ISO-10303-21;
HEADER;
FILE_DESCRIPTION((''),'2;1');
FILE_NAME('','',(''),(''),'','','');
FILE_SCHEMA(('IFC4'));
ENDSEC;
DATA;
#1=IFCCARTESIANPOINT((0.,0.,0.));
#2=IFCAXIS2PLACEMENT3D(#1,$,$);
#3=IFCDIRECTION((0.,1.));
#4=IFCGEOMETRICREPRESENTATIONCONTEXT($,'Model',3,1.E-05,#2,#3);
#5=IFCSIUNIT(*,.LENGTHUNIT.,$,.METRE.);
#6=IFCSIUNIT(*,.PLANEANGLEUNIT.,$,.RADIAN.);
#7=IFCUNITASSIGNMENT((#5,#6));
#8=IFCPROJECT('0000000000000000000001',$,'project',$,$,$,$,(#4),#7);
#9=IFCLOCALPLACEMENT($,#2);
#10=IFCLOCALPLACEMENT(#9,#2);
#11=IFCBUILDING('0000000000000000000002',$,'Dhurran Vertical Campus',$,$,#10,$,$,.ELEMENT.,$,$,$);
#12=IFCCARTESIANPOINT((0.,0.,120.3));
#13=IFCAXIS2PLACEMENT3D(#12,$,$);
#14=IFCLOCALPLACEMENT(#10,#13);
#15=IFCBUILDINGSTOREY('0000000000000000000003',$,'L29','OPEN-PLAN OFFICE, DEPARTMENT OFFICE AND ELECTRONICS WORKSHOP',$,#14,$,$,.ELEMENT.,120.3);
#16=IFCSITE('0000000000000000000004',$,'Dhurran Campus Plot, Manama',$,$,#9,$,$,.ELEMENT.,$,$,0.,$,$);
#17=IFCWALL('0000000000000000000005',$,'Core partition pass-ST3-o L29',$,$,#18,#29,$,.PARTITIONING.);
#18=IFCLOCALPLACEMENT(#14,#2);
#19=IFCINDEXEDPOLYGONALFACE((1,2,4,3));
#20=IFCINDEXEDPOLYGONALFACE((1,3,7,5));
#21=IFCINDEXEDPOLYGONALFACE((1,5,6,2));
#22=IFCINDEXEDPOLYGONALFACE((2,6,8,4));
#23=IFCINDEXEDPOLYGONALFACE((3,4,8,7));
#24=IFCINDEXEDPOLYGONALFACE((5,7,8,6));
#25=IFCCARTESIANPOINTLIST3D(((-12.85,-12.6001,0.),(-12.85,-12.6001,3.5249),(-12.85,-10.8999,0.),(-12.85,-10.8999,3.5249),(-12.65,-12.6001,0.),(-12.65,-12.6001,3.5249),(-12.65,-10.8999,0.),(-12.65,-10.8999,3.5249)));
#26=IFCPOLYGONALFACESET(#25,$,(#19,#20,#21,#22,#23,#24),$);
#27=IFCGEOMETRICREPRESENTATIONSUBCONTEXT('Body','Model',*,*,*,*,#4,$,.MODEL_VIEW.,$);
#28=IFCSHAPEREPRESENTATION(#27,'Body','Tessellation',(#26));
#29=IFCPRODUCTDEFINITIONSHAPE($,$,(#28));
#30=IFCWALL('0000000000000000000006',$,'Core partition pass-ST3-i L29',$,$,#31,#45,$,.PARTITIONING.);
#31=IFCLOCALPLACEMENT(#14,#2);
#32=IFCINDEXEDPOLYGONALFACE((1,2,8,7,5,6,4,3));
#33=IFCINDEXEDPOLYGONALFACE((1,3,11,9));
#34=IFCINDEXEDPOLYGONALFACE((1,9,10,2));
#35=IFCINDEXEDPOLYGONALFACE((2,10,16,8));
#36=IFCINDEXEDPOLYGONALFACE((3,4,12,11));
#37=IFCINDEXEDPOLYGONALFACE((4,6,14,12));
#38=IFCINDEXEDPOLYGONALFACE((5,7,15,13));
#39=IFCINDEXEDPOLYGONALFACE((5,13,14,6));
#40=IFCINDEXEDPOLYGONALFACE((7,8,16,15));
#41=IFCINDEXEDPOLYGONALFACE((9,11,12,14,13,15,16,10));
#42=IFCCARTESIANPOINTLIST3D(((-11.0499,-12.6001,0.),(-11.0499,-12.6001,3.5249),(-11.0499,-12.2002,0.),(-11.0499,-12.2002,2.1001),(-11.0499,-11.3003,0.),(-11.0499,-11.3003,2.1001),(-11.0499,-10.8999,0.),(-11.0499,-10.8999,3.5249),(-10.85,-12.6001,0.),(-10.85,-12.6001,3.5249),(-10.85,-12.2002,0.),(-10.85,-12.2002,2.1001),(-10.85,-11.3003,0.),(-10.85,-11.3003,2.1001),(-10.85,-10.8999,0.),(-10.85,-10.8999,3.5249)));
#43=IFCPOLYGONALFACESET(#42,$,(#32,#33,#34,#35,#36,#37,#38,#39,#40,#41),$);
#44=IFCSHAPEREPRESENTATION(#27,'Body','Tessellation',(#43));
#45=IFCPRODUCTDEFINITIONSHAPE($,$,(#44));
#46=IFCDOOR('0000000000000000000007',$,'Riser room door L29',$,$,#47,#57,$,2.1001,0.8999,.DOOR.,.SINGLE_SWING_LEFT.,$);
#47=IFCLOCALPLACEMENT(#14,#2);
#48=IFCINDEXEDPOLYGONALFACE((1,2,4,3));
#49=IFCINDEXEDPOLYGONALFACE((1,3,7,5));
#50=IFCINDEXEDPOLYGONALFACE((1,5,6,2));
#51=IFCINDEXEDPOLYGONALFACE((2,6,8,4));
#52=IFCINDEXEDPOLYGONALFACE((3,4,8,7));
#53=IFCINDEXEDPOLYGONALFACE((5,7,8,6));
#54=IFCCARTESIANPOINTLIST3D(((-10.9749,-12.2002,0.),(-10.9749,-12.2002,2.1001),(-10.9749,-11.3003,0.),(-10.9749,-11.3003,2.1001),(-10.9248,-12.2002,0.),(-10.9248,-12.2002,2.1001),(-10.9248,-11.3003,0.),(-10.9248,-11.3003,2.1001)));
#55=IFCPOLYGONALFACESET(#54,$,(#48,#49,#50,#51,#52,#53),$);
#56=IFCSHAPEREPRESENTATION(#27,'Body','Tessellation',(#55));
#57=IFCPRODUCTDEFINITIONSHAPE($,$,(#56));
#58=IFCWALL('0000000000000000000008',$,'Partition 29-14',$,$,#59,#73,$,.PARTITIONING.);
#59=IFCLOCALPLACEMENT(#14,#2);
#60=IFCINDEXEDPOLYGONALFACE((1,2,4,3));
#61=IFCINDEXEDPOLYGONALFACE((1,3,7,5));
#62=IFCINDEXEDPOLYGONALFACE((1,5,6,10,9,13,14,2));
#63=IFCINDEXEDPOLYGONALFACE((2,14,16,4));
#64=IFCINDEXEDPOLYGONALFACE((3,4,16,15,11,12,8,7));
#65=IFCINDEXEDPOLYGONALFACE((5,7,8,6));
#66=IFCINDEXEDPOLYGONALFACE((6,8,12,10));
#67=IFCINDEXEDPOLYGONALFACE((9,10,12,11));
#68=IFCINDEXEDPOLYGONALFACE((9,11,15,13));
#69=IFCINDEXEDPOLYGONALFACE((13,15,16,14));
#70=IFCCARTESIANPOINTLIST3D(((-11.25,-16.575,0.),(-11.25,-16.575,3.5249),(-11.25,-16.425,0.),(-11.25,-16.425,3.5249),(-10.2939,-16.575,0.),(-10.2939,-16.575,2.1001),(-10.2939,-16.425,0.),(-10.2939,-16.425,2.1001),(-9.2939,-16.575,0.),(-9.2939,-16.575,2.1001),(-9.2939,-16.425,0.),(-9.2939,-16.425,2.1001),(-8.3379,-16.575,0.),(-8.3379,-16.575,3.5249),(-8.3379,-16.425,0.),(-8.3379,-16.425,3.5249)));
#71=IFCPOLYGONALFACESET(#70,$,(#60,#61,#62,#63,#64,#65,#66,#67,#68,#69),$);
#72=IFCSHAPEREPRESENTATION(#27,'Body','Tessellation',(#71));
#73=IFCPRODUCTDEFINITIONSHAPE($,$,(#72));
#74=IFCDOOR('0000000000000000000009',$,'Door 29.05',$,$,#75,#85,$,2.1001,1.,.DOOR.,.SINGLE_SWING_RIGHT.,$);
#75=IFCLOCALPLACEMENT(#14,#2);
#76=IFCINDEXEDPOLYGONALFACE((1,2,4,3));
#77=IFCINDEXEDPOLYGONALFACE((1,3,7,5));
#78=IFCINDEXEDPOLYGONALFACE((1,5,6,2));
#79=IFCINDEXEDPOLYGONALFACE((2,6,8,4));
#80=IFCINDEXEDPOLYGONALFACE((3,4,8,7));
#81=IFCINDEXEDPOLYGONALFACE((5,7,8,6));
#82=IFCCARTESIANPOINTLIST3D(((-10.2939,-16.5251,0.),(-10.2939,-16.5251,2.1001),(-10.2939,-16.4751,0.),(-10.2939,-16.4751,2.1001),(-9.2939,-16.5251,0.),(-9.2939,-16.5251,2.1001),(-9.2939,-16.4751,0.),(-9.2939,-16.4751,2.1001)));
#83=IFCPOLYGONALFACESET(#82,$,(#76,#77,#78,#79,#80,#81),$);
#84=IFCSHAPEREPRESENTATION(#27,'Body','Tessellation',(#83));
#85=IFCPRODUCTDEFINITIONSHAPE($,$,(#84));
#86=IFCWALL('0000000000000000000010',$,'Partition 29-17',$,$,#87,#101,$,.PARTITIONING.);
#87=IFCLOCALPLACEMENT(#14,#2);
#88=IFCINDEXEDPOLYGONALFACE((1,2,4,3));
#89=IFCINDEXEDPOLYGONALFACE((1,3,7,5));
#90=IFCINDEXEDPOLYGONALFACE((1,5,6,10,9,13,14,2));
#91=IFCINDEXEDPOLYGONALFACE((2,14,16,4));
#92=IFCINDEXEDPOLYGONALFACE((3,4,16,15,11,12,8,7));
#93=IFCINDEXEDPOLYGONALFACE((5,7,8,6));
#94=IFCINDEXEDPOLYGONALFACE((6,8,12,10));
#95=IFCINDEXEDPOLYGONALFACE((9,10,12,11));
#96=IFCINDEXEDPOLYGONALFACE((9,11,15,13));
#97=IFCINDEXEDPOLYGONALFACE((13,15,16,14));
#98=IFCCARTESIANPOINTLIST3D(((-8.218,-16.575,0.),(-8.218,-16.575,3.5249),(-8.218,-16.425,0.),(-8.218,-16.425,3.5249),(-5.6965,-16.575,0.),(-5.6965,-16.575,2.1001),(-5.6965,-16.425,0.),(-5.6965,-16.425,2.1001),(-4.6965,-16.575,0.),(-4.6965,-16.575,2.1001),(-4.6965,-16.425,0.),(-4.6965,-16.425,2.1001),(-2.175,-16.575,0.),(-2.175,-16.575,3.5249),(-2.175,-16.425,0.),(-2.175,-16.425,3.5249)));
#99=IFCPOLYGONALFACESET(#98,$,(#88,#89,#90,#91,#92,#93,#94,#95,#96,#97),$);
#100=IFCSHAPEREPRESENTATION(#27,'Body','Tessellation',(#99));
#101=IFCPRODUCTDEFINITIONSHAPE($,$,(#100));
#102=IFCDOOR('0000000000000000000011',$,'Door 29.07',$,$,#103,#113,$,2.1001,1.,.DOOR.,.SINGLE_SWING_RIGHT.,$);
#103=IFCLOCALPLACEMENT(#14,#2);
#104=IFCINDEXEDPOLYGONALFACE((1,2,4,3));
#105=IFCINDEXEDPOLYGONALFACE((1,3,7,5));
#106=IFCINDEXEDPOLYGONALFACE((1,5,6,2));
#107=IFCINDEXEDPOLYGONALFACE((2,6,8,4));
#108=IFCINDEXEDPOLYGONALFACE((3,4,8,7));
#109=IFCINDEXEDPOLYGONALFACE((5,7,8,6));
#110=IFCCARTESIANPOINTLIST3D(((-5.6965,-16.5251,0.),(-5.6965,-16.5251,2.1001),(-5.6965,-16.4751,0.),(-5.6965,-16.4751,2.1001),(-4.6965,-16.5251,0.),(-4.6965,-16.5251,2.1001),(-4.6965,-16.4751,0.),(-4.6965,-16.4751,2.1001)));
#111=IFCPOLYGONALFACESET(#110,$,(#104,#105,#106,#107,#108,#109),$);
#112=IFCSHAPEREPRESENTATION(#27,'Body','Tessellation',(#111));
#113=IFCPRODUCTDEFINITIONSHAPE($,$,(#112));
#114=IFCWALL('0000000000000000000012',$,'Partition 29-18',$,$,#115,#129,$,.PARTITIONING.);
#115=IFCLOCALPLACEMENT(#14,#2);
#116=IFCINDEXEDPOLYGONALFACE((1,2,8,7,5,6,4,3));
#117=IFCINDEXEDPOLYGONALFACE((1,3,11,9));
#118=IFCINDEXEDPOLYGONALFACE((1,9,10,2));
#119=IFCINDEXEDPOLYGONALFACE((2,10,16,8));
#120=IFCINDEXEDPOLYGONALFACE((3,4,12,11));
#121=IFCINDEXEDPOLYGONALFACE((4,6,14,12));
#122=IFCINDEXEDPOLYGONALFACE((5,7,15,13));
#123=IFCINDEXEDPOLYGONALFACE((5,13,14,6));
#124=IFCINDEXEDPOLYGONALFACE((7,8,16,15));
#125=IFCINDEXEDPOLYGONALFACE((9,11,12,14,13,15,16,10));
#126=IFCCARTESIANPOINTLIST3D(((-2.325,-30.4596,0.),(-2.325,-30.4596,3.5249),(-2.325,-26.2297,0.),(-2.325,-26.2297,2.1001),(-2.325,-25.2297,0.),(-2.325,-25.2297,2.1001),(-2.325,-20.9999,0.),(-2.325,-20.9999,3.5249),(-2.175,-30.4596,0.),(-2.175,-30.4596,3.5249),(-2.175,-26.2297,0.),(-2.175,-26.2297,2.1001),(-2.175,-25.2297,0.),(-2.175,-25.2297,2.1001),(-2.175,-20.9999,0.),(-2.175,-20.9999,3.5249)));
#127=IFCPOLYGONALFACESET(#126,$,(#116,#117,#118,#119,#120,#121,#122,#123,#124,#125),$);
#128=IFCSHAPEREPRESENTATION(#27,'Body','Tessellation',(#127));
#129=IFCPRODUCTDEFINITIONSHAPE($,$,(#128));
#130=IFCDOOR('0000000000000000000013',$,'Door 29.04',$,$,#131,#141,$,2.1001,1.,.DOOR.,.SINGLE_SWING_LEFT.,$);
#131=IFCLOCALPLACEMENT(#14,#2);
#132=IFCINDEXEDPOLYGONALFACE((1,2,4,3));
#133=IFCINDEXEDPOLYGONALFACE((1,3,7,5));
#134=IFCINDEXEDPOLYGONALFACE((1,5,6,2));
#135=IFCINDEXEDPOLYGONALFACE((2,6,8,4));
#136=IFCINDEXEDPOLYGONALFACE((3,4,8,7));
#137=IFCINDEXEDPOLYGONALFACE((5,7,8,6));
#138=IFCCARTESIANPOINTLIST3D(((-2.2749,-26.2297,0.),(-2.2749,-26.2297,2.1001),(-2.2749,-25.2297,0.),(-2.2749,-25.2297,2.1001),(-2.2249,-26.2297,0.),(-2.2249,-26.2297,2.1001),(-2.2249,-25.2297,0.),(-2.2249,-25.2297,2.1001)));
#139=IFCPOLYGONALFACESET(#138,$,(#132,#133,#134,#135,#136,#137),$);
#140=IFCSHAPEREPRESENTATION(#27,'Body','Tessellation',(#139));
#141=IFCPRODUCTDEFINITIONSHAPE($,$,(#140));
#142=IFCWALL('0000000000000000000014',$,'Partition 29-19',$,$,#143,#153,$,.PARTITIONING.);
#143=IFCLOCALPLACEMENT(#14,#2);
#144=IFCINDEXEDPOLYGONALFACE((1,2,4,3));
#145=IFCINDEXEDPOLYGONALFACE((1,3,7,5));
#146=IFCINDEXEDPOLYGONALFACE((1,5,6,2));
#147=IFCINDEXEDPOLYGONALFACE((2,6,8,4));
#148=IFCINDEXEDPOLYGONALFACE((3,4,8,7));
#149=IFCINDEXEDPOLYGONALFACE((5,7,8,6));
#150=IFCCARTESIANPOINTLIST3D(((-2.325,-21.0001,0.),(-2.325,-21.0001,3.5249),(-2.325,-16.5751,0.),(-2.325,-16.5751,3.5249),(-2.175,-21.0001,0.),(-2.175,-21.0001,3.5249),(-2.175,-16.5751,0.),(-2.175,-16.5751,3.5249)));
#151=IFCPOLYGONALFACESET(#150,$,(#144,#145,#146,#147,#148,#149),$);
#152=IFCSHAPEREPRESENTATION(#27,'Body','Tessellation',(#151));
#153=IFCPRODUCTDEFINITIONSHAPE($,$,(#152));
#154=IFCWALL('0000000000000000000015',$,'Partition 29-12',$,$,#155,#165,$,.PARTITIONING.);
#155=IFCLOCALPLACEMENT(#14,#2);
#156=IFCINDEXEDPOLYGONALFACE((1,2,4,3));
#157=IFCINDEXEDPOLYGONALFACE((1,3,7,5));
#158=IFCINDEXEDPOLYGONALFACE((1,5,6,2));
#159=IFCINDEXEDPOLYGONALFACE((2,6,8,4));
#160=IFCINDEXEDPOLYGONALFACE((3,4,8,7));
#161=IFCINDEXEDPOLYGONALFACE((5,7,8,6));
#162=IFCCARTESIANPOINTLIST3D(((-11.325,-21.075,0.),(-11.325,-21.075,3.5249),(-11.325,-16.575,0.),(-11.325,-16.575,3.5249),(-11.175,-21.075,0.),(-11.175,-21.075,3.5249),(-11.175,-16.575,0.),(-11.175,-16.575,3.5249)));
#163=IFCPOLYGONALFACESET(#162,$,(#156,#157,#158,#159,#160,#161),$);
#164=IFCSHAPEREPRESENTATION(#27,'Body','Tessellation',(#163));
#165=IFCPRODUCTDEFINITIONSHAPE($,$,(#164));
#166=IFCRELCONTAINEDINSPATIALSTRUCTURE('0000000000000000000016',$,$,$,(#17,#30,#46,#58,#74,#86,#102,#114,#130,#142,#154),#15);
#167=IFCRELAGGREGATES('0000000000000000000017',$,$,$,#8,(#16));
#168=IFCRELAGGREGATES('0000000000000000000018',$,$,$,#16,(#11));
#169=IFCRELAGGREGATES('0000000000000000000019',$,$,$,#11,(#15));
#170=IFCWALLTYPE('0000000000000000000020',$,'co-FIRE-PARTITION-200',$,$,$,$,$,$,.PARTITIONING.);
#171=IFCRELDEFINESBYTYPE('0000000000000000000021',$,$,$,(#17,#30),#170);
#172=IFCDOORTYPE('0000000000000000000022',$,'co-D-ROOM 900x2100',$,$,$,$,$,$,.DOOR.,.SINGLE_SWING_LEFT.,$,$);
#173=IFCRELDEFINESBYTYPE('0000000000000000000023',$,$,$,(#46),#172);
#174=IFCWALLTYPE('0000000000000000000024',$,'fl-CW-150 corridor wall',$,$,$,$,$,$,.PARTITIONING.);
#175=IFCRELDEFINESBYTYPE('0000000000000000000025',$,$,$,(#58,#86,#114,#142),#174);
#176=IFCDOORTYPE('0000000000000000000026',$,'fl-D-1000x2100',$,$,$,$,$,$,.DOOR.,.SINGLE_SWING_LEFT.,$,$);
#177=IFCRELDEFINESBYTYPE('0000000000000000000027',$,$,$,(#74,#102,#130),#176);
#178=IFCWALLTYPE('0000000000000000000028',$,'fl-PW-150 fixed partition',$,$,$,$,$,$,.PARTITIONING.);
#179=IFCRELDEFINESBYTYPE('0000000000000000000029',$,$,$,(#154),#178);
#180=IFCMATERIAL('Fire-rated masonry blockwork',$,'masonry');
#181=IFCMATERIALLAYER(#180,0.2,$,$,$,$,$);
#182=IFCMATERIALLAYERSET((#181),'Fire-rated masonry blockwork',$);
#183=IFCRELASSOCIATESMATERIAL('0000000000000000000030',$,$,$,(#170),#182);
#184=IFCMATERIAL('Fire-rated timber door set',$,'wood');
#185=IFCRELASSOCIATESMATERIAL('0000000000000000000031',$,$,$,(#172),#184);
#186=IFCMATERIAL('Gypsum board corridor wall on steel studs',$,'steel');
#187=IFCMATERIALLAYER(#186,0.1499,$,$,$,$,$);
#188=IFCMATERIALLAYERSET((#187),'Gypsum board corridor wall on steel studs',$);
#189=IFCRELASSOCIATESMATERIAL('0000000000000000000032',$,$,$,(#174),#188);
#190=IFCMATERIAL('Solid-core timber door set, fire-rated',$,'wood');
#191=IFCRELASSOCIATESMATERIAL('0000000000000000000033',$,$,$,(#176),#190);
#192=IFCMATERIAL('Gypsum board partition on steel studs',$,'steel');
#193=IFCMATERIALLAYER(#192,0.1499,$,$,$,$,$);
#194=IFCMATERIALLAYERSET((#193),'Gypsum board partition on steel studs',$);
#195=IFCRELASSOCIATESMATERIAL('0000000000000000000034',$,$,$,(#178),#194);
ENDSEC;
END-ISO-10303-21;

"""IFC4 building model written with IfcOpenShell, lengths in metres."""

from ifc_helpers import new_model, si_unit, direction, frame, frame_2d, origin, place, context, subcontext, project, spatial, rectangle, extrude, material, layer, layer_set, type_object, element, fill, save


model = new_model("IFC4")

# Units and contexts
model_context = context("Model", 3, precision=1e-05, world=origin(), true_north=direction((0.0, 1.0)))
body_context = subcontext(model_context, "Body", "Model", "MODEL_VIEW")
ifc_project = project(units=[si_unit("LENGTHUNIT", "METRE"), si_unit("PLANEANGLEUNIT", "RADIAN")], contexts=[model_context])

# Site, building, storey
site_placement = place(None, origin())
site = spatial("IfcSite", under=ifc_project, at=site_placement, Name="Dhurran Campus Plot, Manama", CompositionType="ELEMENT", RefElevation=0.0)
building_placement = place(site_placement, origin())
building = spatial("IfcBuilding", under=site, at=building_placement, Name="Dhurran Vertical Campus", CompositionType="ELEMENT")
storey_placement = place(building_placement, frame((0.0, 0.0, 120.3)))
storey = spatial("IfcBuildingStorey", under=building, at=storey_placement, Name="L29", Description="OPEN-PLAN OFFICE, DEPARTMENT OFFICE AND ELECTRONICS WORKSHOP", CompositionType="ELEMENT", Elevation=120.3)

# Wall
ifc_material_1 = material(Name="Fire-rated masonry blockwork", Category="masonry")
ifc_layer_1 = layer(ifc_material_1, 0.2)
ifc_layer_set_1 = layer_set([ifc_layer_1], Name="Fire-rated masonry blockwork")
wall_type_1 = type_object("IfcWallType", Name="co-FIRE-PARTITION-200", PredefinedType="PARTITIONING", material=ifc_layer_set_1)
wall_1_placement = place(storey_placement, frame((-12.75, -12.6001, 0.0), z_axis=(0.0, 0.0, 1.0), x_axis=(0.0, 1.0, 0.0)))
element("IfcWall", 1, at=wall_1_placement, inside=storey, type_object=wall_type_1, Name="Core partition pass-ST3-o L29", PredefinedType="PARTITIONING", context=body_context, shape_type="SweptSolid", body=[
    extrude(rectangle(XDim=1.7002, YDim=0.2, at=frame_2d((0.8501, 0.0))), origin(), (0.0, 0.0, 1.0), 3.5249),
])

# Walls, openings, doors
wall_2_placement = place(storey_placement, frame((-10.95, -12.6001, 0.0), z_axis=(0.0, 0.0, 1.0), x_axis=(0.0, 1.0, 0.0)))
wall_2 = element("IfcWall", 2, at=wall_2_placement, inside=storey, type_object=wall_type_1, Name="Core partition pass-ST3-i L29", PredefinedType="PARTITIONING", context=body_context, shape_type="SweptSolid", body=[
    extrude(rectangle(XDim=1.7002, YDim=0.2, at=frame_2d((0.8501, 0.0))), origin(), (0.0, 0.0, 1.0), 3.5249),
])
opening_1_placement = place(wall_2_placement, frame((0.3999, 0.0, 0.0)))
opening_1 = element("IfcOpeningElement", 3, at=opening_1_placement, cuts=wall_2, PredefinedType="OPENING", context=body_context, shape_type="SweptSolid", body=[
    extrude(rectangle(XDim=0.8999, YDim=2.1001, at=frame_2d((0.45, 1.05))), frame((0.0, 0.1099, 0.0), z_axis=(0.0, -1.0, 0.0), x_axis=(1.0, 0.0, 0.0)), (0.0, 0.0, 1.0), 0.22),
])
ifc_material_2 = material(Name="Fire-rated timber door set", Category="wood")
door_type_1 = type_object("IfcDoorType", Name="co-D-ROOM 900x2100", OperationType="SINGLE_SWING_LEFT", PredefinedType="DOOR", material=ifc_material_2)
door_1_placement = place(opening_1_placement, origin())
door_1 = element("IfcDoor", 4, at=door_1_placement, inside=storey, type_object=door_type_1, Name="Riser room door L29", OperationType="SINGLE_SWING_LEFT", OverallHeight=2.1001, OverallWidth=0.8999, PredefinedType="DOOR", context=body_context, shape_type="SweptSolid", body=[
    extrude(rectangle(XDim=0.8999, YDim=2.1001, at=frame_2d((0.45, 1.05))), frame((0.0, 0.0249, 0.0), z_axis=(0.0, -1.0, 0.0), x_axis=(1.0, 0.0, 0.0)), (0.0, 0.0, 1.0), 0.05),
])
fill(opening_1, door_1)
ifc_material_3 = material(Name="Gypsum board corridor wall on steel studs", Category="steel")
ifc_layer_2 = layer(ifc_material_3, 0.1499)
ifc_layer_set_2 = layer_set([ifc_layer_2], Name="Gypsum board corridor wall on steel studs")
wall_type_2 = type_object("IfcWallType", Name="fl-CW-150 corridor wall", PredefinedType="PARTITIONING", material=ifc_layer_set_2)
wall_3_placement = place(storey_placement, frame((-11.25, -16.5, 0.0), z_axis=(0.0, 0.0, 1.0), x_axis=(1.0, 0.0, 0.0)))
wall_3 = element("IfcWall", 5, at=wall_3_placement, inside=storey, type_object=wall_type_2, Name="Partition 29-14", PredefinedType="PARTITIONING", context=body_context, shape_type="SweptSolid", body=[
    extrude(rectangle(XDim=2.9121, YDim=0.1499, at=frame_2d((1.4561, 0.0))), origin(), (0.0, 0.0, 1.0), 3.5249),
])
opening_2_placement = place(wall_3_placement, frame((0.9561, 0.0, 0.0)))
opening_2 = element("IfcOpeningElement", 6, at=opening_2_placement, cuts=wall_3, PredefinedType="OPENING", context=body_context, shape_type="SweptSolid", body=[
    extrude(rectangle(XDim=1.0, YDim=2.1001, at=frame_2d((0.5, 1.05))), frame((0.0, 0.085, 0.0), z_axis=(0.0, -1.0, 0.0), x_axis=(1.0, 0.0, 0.0)), (0.0, 0.0, 1.0), 0.1699),
])
ifc_material_4 = material(Name="Solid-core timber door set, fire-rated", Category="wood")
door_type_2 = type_object("IfcDoorType", Name="fl-D-1000x2100", OperationType="SINGLE_SWING_LEFT", PredefinedType="DOOR", material=ifc_material_4)
door_2_placement = place(opening_2_placement, origin())
door_2 = element("IfcDoor", 7, at=door_2_placement, inside=storey, type_object=door_type_2, Name="Door 29.05", OperationType="SINGLE_SWING_RIGHT", OverallHeight=2.1001, OverallWidth=1.0, PredefinedType="DOOR", context=body_context, shape_type="SweptSolid", body=[
    extrude(rectangle(XDim=1.0, YDim=2.1001, at=frame_2d((0.5, 1.05))), frame((0.0, 0.0249, 0.0), z_axis=(0.0, -1.0, 0.0), x_axis=(1.0, 0.0, 0.0)), (0.0, 0.0, 1.0), 0.05),
])
fill(opening_2, door_2)
wall_4_placement = place(storey_placement, frame((-8.218, -16.5, 0.0), z_axis=(0.0, 0.0, 1.0), x_axis=(1.0, 0.0, 0.0)))
wall_4 = element("IfcWall", 8, at=wall_4_placement, inside=storey, type_object=wall_type_2, Name="Partition 29-17", PredefinedType="PARTITIONING", context=body_context, shape_type="SweptSolid", body=[
    extrude(rectangle(XDim=6.043, YDim=0.1499, at=frame_2d((3.0215, 0.0))), origin(), (0.0, 0.0, 1.0), 3.5249),
])
opening_3_placement = place(wall_4_placement, frame((2.5215, 0.0, 0.0)))
opening_3 = element("IfcOpeningElement", 9, at=opening_3_placement, cuts=wall_4, PredefinedType="OPENING", context=body_context, shape_type="SweptSolid", body=[
    extrude(rectangle(XDim=1.0, YDim=2.1001, at=frame_2d((0.5, 1.05))), frame((0.0, 0.085, 0.0), z_axis=(0.0, -1.0, 0.0), x_axis=(1.0, 0.0, 0.0)), (0.0, 0.0, 1.0), 0.1699),
])
door_3_placement = place(opening_3_placement, origin())
door_3 = element("IfcDoor", 10, at=door_3_placement, inside=storey, type_object=door_type_2, Name="Door 29.07", OperationType="SINGLE_SWING_RIGHT", OverallHeight=2.1001, OverallWidth=1.0, PredefinedType="DOOR", context=body_context, shape_type="SweptSolid", body=[
    extrude(rectangle(XDim=1.0, YDim=2.1001, at=frame_2d((0.5, 1.05))), frame((0.0, 0.0249, 0.0), z_axis=(0.0, -1.0, 0.0), x_axis=(1.0, 0.0, 0.0)), (0.0, 0.0, 1.0), 0.05),
])
fill(opening_3, door_3)
wall_5_placement = place(storey_placement, frame((-2.25, -30.4597, 0.0), z_axis=(0.0, 0.0, 1.0), x_axis=(0.0, 1.0, 0.0)))
wall_5 = element("IfcWall", 11, at=wall_5_placement, inside=storey, type_object=wall_type_2, Name="Partition 29-18", PredefinedType="PARTITIONING", context=body_context, shape_type="SweptSolid", body=[
    extrude(rectangle(XDim=9.4597, YDim=0.1499, at=frame_2d((4.73, 0.0))), origin(), (0.0, 0.0, 1.0), 3.5249),
])
opening_4_placement = place(wall_5_placement, frame((4.23, 0.0, 0.0)))
opening_4 = element("IfcOpeningElement", 12, at=opening_4_placement, cuts=wall_5, PredefinedType="OPENING", context=body_context, shape_type="SweptSolid", body=[
    extrude(rectangle(XDim=1.0, YDim=2.1001, at=frame_2d((0.5, 1.05))), frame((0.0, 0.085, 0.0), z_axis=(0.0, -1.0, 0.0), x_axis=(1.0, 0.0, 0.0)), (0.0, 0.0, 1.0), 0.1699),
])
door_4_placement = place(opening_4_placement, origin())
door_4 = element("IfcDoor", 13, at=door_4_placement, inside=storey, type_object=door_type_2, Name="Door 29.04", OperationType="SINGLE_SWING_LEFT", OverallHeight=2.1001, OverallWidth=1.0, PredefinedType="DOOR", context=body_context, shape_type="SweptSolid", body=[
    extrude(rectangle(XDim=1.0, YDim=2.1001, at=frame_2d((0.5, 1.05))), frame((0.0, 0.0249, 0.0), z_axis=(0.0, -1.0, 0.0), x_axis=(1.0, 0.0, 0.0)), (0.0, 0.0, 1.0), 0.05),
])
fill(opening_4, door_4)

# Walls
wall_6_placement = place(storey_placement, frame((-2.25, -21.0, 0.0), z_axis=(0.0, 0.0, 1.0), x_axis=(0.0, 1.0, 0.0)))
element("IfcWall", 14, at=wall_6_placement, inside=storey, type_object=wall_type_2, Name="Partition 29-19", PredefinedType="PARTITIONING", context=body_context, shape_type="SweptSolid", body=[
    extrude(rectangle(XDim=4.425, YDim=0.1499, at=frame_2d((2.2124, 0.0))), origin(), (0.0, 0.0, 1.0), 3.5249),
])
ifc_material_5 = material(Name="Gypsum board partition on steel studs", Category="steel")
ifc_layer_3 = layer(ifc_material_5, 0.1499)
ifc_layer_set_3 = layer_set([ifc_layer_3], Name="Gypsum board partition on steel studs")
wall_type_3 = type_object("IfcWallType", Name="fl-PW-150 fixed partition", PredefinedType="PARTITIONING", material=ifc_layer_set_3)
wall_7_placement = place(storey_placement, frame((-11.25, -16.575, 0.0), z_axis=(0.0, 0.0, 1.0), x_axis=(0.0, -1.0, 0.0)))
element("IfcWall", 15, at=wall_7_placement, inside=storey, type_object=wall_type_3, Name="Partition 29-12", PredefinedType="PARTITIONING", context=body_context, shape_type="SweptSolid", body=[
    extrude(rectangle(XDim=4.5, YDim=0.1499, at=frame_2d((2.25, 0.0))), origin(), (0.0, 0.0, 1.0), 3.5249),
])

save(model, "model.ifc")
